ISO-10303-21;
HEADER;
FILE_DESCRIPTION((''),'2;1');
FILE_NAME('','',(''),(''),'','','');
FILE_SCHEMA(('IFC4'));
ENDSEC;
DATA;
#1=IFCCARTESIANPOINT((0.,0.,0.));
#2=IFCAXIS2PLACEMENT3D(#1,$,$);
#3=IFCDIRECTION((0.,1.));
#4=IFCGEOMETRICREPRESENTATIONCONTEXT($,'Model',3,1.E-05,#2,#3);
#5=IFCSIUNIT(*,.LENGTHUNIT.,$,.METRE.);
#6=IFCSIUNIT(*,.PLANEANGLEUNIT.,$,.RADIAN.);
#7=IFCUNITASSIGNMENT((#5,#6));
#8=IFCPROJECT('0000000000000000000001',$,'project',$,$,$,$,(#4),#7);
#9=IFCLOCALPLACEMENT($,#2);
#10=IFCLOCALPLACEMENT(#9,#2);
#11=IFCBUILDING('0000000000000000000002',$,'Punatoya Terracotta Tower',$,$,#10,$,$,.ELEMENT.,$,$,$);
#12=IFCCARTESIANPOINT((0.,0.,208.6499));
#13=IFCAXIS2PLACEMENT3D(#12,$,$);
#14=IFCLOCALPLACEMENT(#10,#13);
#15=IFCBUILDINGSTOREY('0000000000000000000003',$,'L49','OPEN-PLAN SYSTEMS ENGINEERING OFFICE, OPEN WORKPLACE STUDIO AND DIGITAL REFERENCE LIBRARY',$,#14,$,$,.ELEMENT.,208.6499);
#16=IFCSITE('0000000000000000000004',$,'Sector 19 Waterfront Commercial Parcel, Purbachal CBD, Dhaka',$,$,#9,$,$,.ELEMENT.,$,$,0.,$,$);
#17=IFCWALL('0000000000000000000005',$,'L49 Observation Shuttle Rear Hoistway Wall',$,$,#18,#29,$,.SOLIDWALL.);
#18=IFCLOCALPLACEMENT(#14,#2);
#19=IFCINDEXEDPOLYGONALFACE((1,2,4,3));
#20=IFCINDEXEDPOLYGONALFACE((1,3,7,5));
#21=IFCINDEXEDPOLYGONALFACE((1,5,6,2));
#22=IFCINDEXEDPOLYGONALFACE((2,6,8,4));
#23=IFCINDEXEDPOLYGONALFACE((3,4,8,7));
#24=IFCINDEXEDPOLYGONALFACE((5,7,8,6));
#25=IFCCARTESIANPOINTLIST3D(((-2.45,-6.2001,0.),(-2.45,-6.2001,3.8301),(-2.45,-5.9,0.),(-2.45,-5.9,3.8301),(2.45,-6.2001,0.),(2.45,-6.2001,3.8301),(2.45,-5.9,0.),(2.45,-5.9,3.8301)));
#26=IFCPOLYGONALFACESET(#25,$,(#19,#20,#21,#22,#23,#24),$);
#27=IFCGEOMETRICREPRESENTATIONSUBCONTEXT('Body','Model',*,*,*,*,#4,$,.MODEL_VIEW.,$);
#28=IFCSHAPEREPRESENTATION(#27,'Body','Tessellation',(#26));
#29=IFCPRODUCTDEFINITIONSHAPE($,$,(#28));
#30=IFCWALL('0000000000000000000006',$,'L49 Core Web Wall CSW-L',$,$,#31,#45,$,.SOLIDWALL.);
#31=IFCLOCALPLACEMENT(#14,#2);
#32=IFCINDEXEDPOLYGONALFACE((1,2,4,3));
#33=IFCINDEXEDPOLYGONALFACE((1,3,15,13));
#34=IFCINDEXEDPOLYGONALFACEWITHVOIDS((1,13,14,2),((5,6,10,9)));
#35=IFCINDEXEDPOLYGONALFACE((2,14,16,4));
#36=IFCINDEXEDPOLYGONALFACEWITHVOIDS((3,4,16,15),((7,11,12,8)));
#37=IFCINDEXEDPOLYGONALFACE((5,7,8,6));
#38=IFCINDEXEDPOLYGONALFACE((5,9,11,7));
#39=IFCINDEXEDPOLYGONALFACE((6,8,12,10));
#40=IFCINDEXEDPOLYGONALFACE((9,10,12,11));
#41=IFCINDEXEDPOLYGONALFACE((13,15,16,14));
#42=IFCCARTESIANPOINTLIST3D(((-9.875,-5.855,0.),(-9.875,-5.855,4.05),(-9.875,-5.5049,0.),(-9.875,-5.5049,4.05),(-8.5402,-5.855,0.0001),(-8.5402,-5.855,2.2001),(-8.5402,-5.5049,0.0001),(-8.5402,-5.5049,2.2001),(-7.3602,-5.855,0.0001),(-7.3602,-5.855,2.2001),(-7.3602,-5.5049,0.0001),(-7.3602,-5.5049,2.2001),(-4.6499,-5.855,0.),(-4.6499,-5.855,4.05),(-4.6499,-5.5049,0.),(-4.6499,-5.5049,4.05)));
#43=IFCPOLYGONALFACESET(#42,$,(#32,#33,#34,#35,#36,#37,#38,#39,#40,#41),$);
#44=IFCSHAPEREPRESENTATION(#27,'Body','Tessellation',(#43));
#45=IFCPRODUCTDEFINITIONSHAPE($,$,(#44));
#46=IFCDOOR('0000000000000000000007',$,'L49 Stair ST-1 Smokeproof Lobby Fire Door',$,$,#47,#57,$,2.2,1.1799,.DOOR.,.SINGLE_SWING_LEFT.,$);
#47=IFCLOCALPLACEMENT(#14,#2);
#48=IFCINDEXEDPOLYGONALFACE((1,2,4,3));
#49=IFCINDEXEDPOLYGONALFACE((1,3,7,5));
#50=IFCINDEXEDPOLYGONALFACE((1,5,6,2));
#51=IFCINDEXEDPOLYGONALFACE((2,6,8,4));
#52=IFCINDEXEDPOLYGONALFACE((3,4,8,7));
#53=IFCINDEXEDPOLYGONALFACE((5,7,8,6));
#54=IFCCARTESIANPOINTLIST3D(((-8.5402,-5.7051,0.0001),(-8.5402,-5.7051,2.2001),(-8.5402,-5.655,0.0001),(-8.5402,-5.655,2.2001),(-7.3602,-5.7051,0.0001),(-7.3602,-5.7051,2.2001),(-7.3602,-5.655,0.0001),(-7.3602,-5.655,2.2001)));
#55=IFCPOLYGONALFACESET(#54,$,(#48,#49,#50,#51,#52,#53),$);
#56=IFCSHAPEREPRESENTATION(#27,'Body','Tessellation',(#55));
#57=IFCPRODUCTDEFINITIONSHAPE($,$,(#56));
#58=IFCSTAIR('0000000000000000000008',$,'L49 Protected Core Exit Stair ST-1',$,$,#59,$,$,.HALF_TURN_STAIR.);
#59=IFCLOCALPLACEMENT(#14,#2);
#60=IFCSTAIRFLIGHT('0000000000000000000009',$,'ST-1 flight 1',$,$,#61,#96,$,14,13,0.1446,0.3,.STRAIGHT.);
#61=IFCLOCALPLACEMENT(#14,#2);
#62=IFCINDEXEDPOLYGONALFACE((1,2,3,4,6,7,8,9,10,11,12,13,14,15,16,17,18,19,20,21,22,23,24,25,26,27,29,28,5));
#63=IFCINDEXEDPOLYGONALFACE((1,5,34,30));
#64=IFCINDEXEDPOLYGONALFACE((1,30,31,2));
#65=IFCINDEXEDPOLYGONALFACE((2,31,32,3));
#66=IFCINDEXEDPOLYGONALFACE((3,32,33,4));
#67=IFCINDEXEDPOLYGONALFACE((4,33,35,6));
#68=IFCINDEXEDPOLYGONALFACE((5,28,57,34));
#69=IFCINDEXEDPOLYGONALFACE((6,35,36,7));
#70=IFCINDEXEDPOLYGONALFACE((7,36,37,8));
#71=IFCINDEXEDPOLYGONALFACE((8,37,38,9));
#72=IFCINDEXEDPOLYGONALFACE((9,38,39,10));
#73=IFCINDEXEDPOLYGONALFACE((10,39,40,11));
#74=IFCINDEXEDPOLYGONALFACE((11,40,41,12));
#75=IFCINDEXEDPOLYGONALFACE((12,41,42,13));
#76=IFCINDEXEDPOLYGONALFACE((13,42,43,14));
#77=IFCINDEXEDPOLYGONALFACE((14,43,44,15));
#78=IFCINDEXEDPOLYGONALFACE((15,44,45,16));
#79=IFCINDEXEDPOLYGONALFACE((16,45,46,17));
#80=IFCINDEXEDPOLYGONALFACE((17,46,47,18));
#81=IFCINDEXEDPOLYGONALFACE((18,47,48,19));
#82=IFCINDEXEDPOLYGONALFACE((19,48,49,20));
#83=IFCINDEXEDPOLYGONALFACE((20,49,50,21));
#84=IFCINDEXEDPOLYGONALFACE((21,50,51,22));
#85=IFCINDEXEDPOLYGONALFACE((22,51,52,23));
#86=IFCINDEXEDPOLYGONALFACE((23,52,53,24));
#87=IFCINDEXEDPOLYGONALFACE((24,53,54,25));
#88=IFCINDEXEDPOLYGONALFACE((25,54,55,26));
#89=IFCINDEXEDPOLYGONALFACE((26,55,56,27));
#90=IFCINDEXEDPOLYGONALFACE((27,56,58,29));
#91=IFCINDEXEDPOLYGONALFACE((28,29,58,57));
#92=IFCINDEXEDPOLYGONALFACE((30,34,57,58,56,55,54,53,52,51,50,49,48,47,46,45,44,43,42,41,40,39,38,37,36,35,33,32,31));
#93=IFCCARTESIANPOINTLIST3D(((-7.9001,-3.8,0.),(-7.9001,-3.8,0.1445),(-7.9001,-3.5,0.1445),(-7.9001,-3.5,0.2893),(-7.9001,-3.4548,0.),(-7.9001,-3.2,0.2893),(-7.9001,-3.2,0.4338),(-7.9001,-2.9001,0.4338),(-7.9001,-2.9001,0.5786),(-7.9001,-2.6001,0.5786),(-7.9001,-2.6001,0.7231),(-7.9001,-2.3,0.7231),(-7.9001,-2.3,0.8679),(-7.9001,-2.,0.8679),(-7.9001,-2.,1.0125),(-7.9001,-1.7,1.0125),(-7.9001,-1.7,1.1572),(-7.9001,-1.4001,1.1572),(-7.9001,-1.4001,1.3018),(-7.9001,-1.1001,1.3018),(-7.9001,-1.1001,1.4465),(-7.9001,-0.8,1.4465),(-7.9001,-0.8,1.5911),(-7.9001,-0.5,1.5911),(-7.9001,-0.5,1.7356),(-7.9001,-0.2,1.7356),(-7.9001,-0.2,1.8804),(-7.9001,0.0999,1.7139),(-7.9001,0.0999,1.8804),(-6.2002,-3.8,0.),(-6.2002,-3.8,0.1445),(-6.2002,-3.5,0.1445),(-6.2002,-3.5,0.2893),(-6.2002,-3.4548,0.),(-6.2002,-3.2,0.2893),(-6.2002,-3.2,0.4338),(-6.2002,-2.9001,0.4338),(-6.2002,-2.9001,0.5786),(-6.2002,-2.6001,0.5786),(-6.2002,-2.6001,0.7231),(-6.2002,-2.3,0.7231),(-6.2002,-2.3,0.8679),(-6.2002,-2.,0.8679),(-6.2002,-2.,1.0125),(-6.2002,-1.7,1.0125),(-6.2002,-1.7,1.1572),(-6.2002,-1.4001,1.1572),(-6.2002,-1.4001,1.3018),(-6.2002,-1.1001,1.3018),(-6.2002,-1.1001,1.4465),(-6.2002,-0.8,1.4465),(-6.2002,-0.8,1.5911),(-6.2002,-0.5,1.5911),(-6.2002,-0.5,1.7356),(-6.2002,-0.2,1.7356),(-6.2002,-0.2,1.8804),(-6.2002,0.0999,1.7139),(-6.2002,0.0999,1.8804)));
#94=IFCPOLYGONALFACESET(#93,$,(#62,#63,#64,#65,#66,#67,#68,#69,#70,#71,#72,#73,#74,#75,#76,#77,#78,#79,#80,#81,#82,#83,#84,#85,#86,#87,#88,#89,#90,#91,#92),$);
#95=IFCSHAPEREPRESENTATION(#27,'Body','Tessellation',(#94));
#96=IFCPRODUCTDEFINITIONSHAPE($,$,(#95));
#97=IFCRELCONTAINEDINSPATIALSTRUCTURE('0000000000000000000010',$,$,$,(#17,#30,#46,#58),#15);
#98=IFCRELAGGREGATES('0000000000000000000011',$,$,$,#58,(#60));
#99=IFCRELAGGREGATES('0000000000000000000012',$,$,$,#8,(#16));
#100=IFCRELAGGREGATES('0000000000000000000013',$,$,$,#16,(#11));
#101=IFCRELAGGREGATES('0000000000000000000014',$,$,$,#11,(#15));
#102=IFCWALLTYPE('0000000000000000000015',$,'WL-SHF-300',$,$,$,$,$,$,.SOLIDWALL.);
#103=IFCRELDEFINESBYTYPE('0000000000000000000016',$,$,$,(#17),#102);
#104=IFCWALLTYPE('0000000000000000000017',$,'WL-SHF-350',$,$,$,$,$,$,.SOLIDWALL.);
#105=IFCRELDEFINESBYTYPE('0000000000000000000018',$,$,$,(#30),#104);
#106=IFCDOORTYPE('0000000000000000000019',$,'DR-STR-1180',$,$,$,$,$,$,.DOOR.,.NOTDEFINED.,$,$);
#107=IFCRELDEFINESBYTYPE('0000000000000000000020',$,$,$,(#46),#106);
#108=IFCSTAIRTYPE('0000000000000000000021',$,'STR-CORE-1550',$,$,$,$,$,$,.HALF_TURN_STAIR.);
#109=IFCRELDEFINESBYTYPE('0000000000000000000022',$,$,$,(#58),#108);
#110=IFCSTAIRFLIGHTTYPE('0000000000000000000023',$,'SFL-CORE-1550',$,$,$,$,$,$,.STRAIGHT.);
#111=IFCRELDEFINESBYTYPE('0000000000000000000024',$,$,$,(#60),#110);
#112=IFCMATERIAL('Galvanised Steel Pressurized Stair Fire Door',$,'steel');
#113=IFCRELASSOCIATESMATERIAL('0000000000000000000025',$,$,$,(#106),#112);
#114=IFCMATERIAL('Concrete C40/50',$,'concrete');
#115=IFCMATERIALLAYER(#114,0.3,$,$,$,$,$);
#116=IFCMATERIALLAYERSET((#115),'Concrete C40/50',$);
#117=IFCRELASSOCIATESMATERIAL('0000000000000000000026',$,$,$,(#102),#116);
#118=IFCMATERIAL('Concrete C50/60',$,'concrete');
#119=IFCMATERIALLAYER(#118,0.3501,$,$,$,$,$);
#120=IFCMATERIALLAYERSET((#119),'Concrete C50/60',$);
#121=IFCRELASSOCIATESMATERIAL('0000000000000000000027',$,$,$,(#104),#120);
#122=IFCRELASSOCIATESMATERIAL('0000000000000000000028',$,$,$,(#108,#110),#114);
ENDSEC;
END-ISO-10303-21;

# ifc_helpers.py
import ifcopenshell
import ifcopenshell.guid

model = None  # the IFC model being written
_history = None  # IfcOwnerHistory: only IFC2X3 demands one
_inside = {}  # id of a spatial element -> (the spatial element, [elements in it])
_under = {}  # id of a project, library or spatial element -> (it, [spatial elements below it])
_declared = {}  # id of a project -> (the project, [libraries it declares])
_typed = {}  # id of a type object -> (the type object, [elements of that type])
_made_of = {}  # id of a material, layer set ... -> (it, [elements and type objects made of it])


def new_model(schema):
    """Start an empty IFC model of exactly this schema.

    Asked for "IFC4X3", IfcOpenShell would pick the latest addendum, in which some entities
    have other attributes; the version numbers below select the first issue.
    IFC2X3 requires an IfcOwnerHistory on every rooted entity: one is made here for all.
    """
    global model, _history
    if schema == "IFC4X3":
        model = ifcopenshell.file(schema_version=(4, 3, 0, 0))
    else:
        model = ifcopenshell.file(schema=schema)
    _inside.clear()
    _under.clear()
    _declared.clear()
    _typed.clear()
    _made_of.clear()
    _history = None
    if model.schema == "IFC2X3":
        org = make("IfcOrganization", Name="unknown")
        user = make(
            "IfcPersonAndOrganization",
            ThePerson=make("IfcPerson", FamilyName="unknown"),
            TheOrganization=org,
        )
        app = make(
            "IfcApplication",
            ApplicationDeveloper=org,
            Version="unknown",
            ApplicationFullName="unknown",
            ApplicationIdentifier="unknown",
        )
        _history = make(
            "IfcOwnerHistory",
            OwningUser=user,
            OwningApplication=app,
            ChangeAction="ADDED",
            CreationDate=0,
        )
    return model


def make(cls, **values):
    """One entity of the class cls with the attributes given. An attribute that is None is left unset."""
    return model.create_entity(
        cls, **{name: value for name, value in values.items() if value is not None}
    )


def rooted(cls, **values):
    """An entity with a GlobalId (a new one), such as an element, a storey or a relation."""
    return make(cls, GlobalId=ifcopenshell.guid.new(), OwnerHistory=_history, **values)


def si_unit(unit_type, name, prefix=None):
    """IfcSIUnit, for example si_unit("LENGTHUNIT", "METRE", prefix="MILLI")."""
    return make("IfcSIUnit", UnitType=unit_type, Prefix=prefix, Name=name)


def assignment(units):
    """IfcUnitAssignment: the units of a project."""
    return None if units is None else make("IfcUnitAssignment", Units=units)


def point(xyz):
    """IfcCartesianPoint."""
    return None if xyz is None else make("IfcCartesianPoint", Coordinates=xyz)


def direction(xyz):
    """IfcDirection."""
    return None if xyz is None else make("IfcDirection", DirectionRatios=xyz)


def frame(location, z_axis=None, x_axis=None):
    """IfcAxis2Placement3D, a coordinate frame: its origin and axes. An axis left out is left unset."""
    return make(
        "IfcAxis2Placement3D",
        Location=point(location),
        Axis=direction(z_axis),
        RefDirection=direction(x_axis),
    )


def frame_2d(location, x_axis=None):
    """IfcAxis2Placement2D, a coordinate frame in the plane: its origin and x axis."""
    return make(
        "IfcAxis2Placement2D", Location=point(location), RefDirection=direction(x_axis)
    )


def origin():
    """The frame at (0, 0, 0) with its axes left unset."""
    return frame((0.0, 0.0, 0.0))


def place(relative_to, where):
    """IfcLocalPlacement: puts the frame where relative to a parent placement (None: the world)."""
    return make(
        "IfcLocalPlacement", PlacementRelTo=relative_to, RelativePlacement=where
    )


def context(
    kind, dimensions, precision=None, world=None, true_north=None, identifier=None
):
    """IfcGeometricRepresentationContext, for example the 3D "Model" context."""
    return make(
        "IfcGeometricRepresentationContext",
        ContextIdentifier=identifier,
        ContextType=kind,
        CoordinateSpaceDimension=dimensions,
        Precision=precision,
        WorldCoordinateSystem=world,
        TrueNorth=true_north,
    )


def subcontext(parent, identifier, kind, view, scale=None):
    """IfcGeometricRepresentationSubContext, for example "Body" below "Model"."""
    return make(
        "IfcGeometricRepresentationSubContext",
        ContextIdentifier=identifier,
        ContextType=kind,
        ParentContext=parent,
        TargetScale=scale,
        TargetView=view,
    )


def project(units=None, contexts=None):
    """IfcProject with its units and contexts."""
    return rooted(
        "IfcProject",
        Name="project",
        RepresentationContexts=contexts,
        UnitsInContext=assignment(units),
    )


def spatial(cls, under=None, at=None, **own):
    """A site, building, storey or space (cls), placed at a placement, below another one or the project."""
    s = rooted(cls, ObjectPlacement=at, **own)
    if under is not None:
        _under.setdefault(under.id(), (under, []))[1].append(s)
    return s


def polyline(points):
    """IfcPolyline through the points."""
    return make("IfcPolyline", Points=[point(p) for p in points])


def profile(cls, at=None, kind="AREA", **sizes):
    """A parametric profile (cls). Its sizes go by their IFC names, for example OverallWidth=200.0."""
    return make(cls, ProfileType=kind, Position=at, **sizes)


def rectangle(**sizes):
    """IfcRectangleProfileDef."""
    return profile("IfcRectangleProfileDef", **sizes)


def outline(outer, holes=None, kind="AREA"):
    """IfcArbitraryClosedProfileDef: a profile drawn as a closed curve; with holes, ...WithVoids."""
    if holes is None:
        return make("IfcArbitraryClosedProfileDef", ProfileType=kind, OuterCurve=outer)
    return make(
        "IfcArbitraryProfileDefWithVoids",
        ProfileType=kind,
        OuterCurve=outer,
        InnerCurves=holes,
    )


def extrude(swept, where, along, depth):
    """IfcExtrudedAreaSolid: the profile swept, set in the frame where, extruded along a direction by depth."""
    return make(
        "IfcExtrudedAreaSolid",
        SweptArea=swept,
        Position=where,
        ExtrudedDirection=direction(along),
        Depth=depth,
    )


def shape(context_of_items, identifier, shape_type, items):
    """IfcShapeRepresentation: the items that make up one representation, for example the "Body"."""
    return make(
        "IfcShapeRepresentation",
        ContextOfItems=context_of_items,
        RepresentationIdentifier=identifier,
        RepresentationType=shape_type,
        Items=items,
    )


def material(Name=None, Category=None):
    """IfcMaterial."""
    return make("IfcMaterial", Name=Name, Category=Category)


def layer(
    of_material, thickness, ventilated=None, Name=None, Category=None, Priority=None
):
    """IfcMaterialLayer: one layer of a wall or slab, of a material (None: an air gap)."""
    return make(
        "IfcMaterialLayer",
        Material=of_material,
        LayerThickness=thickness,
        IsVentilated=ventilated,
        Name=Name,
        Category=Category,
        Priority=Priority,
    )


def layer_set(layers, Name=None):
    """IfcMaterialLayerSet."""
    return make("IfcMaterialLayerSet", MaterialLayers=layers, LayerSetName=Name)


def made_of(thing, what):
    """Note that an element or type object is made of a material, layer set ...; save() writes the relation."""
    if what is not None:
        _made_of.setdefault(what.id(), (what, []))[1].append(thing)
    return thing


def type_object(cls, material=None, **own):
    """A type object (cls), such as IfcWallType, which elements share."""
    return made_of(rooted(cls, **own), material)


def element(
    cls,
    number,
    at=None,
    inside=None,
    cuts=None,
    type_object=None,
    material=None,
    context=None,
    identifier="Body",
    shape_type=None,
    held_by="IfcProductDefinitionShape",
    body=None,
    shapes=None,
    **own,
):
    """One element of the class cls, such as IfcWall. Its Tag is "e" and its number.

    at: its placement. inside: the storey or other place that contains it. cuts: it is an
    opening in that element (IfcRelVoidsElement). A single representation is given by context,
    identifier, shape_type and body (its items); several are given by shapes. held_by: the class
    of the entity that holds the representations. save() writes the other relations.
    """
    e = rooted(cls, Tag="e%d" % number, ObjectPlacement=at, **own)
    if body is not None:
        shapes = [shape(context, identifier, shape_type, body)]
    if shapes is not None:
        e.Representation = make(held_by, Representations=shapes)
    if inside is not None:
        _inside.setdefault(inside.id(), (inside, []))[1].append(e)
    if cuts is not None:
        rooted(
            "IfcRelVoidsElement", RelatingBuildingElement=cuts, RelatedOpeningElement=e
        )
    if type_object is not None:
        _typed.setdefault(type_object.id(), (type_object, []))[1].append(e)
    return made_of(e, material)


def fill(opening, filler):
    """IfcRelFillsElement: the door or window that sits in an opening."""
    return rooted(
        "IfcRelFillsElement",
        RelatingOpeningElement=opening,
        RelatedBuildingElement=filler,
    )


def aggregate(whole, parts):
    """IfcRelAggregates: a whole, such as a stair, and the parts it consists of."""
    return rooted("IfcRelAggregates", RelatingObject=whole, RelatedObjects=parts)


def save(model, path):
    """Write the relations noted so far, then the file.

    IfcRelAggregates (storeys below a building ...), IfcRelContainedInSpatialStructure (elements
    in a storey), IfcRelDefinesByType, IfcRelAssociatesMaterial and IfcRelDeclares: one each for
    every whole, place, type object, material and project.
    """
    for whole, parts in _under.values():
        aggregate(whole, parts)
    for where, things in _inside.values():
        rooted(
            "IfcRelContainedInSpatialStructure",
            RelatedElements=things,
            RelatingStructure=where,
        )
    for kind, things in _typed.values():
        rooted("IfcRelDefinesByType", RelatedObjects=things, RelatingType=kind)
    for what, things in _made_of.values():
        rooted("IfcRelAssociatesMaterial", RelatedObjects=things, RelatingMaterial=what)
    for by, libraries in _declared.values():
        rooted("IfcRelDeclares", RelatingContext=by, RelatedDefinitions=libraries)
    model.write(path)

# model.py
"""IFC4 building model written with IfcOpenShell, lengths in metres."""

from ifc_helpers import new_model, si_unit, direction, frame, frame_2d, origin, place, context, subcontext, project, spatial, polyline, rectangle, outline, extrude, material, layer, layer_set, type_object, element, fill, aggregate, save


model = new_model("IFC4")

# Units and contexts
model_context = context("Model", 3, precision=1e-05, world=origin(), true_north=direction((0.0, 1.0)))
body_context = subcontext(model_context, "Body", "Model", "MODEL_VIEW")
ifc_project = project(units=[si_unit("LENGTHUNIT", "METRE"), si_unit("PLANEANGLEUNIT", "RADIAN")], contexts=[model_context])

# Site, building, storey
site_placement = place(None, origin())
site = spatial("IfcSite", under=ifc_project, at=site_placement, Name="Sector 19 Waterfront Commercial Parcel, Purbachal CBD, Dhaka", CompositionType="ELEMENT", RefElevation=0.0)
building_placement = place(site_placement, origin())
building = spatial("IfcBuilding", under=site, at=building_placement, Name="Punatoya Terracotta Tower", CompositionType="ELEMENT")
storey_placement = place(building_placement, frame((0.0, 0.0, 208.6499)))
storey = spatial("IfcBuildingStorey", under=building, at=storey_placement, Name="L49", Description="OPEN-PLAN SYSTEMS ENGINEERING OFFICE, OPEN WORKPLACE STUDIO AND DIGITAL REFERENCE LIBRARY", CompositionType="ELEMENT", Elevation=208.6499)

# Shared definitions
ifc_material_1 = material(Name="Concrete C40/50", Category="concrete")

# Shared definitions
ifc_material_2 = material(Name="Galvanised Steel Pressurized Stair Fire Door", Category="steel")
door_type_1 = type_object("IfcDoorType", Name="DR-STR-1180", OperationType="NOTDEFINED", PredefinedType="DOOR", material=ifc_material_2)

# Shared definitions
ifc_layer_1 = layer(ifc_material_1, 0.3)
ifc_layer_set_1 = layer_set([ifc_layer_1], Name="Concrete C40/50")
wall_type_1 = type_object("IfcWallType", Name="WL-SHF-300", PredefinedType="SOLIDWALL", material=ifc_layer_set_1)

# Wall
wall_1_placement = place(storey_placement, frame((-2.45, -6.05, 0.0), z_axis=(0.0, 0.0, 1.0), x_axis=(1.0, 0.0, 0.0)))
element("IfcWall", 1, at=wall_1_placement, inside=storey, type_object=wall_type_1, Name="L49 Observation Shuttle Rear Hoistway Wall", PredefinedType="SOLIDWALL", context=body_context, shape_type="SweptSolid", body=[
    extrude(rectangle(XDim=4.8999, YDim=0.3, at=frame_2d((2.45, 0.0))), origin(), (0.0, 0.0, 1.0), 3.8301),
])

# Wall, opening, door
ifc_material_3 = material(Name="Concrete C50/60", Category="concrete")
ifc_layer_2 = layer(ifc_material_3, 0.3501)
ifc_layer_set_2 = layer_set([ifc_layer_2], Name="Concrete C50/60")
wall_type_2 = type_object("IfcWallType", Name="WL-SHF-350", PredefinedType="SOLIDWALL", material=ifc_layer_set_2)
wall_2_placement = place(storey_placement, frame((-9.875, -5.6799, 0.0), z_axis=(0.0, 0.0, 1.0), x_axis=(1.0, 0.0, 0.0)))
wall_2 = element("IfcWall", 2, at=wall_2_placement, inside=storey, type_object=wall_type_2, Name="L49 Core Web Wall CSW-L", PredefinedType="SOLIDWALL", context=body_context, shape_type="SweptSolid", body=[
    extrude(rectangle(XDim=5.2251, YDim=0.3501, at=frame_2d((2.6125, 0.0))), origin(), (0.0, 0.0, 1.0), 4.05),
])
opening_1_placement = place(wall_2_placement, frame((1.335, 0.0, 0.0)))
opening_1 = element("IfcOpeningElement", 3, at=opening_1_placement, cuts=wall_2, PredefinedType="OPENING", context=body_context, shape_type="SweptSolid", body=[
    extrude(rectangle(XDim=1.1799, YDim=2.2, at=frame_2d((0.5898, 1.1001))), frame((0.0, 0.1851, 0.0), z_axis=(0.0, -1.0, 0.0), x_axis=(1.0, 0.0, 0.0)), (0.0, 0.0, 1.0), 0.3701),
])
door_1_placement = place(opening_1_placement, origin())
door_1 = element("IfcDoor", 4, at=door_1_placement, inside=storey, type_object=door_type_1, Name="L49 Stair ST-1 Smokeproof Lobby Fire Door", OperationType="SINGLE_SWING_LEFT", OverallHeight=2.2, OverallWidth=1.1799, PredefinedType="DOOR", context=body_context, shape_type="SweptSolid", body=[
    extrude(rectangle(XDim=1.1799, YDim=2.2, at=frame_2d((0.5898, 1.1001))), frame((0.0, 0.0249, 0.0), z_axis=(0.0, -1.0, 0.0), x_axis=(1.0, 0.0, 0.0)), (0.0, 0.0, 1.0), 0.05),
])
fill(opening_1, door_1)

# Stair, stair flight
stair_type = type_object("IfcStairType", Name="STR-CORE-1550", PredefinedType="HALF_TURN_STAIR", material=ifc_material_1)
stair_placement = place(storey_placement, origin())
stair = element("IfcStair", 5, at=stair_placement, inside=storey, type_object=stair_type, Name="L49 Protected Core Exit Stair ST-1", PredefinedType="HALF_TURN_STAIR")
stair_flight_type = type_object("IfcStairFlightType", Name="SFL-CORE-1550", PredefinedType="STRAIGHT", material=ifc_material_1)
stair_flight_placement = place(storey_placement, frame((-7.05, -3.8, 0.0), z_axis=(0.0, 0.0, 1.0), x_axis=(0.0, 1.0, 0.0)))
stair_flight = element("IfcStairFlight", 6, at=stair_flight_placement, type_object=stair_flight_type, Name="ST-1 flight 1", NumberOfRisers=14, NumberOfTreads=13, PredefinedType="STRAIGHT", RiserHeight=0.1446, TreadLength=0.3, context=body_context, shape_type="SweptSolid", body=[
    extrude(outline(polyline([(0.0, 0.0), (0.0, 0.1445), (0.3, 0.1445), (0.3, 0.2893), (0.6001, 0.2893), (0.6001, 0.4338), (0.8999, 0.4338), (0.8999, 0.5786), (1.2, 0.5786), (1.2, 0.7231), (1.5, 0.7231), (1.5, 0.8679), (1.8, 0.8679), (1.8, 1.0125), (2.1001, 1.0125), (2.1001, 1.1572), (2.3999, 1.1572), (2.3999, 1.3018), (2.7, 1.3018), (2.7, 1.4465), (3.0, 1.4465), (3.0, 1.5911), (3.3, 1.5911), (3.3, 1.7356), (3.6001, 1.7356), (3.6001, 1.8804), (3.8999, 1.8804), (3.8999, 2.0249), (3.8999, 1.7139), (0.3452, 0.0), (0.0, 0.0)])), frame((0.0, 0.8501, 0.0), z_axis=(0.0, -1.0, 0.0), x_axis=(1.0, 0.0, 0.0)), (0.0, 0.0, 1.0), 1.7),
])
aggregate(stair, [stair_flight])

save(model, "model.ifc")
